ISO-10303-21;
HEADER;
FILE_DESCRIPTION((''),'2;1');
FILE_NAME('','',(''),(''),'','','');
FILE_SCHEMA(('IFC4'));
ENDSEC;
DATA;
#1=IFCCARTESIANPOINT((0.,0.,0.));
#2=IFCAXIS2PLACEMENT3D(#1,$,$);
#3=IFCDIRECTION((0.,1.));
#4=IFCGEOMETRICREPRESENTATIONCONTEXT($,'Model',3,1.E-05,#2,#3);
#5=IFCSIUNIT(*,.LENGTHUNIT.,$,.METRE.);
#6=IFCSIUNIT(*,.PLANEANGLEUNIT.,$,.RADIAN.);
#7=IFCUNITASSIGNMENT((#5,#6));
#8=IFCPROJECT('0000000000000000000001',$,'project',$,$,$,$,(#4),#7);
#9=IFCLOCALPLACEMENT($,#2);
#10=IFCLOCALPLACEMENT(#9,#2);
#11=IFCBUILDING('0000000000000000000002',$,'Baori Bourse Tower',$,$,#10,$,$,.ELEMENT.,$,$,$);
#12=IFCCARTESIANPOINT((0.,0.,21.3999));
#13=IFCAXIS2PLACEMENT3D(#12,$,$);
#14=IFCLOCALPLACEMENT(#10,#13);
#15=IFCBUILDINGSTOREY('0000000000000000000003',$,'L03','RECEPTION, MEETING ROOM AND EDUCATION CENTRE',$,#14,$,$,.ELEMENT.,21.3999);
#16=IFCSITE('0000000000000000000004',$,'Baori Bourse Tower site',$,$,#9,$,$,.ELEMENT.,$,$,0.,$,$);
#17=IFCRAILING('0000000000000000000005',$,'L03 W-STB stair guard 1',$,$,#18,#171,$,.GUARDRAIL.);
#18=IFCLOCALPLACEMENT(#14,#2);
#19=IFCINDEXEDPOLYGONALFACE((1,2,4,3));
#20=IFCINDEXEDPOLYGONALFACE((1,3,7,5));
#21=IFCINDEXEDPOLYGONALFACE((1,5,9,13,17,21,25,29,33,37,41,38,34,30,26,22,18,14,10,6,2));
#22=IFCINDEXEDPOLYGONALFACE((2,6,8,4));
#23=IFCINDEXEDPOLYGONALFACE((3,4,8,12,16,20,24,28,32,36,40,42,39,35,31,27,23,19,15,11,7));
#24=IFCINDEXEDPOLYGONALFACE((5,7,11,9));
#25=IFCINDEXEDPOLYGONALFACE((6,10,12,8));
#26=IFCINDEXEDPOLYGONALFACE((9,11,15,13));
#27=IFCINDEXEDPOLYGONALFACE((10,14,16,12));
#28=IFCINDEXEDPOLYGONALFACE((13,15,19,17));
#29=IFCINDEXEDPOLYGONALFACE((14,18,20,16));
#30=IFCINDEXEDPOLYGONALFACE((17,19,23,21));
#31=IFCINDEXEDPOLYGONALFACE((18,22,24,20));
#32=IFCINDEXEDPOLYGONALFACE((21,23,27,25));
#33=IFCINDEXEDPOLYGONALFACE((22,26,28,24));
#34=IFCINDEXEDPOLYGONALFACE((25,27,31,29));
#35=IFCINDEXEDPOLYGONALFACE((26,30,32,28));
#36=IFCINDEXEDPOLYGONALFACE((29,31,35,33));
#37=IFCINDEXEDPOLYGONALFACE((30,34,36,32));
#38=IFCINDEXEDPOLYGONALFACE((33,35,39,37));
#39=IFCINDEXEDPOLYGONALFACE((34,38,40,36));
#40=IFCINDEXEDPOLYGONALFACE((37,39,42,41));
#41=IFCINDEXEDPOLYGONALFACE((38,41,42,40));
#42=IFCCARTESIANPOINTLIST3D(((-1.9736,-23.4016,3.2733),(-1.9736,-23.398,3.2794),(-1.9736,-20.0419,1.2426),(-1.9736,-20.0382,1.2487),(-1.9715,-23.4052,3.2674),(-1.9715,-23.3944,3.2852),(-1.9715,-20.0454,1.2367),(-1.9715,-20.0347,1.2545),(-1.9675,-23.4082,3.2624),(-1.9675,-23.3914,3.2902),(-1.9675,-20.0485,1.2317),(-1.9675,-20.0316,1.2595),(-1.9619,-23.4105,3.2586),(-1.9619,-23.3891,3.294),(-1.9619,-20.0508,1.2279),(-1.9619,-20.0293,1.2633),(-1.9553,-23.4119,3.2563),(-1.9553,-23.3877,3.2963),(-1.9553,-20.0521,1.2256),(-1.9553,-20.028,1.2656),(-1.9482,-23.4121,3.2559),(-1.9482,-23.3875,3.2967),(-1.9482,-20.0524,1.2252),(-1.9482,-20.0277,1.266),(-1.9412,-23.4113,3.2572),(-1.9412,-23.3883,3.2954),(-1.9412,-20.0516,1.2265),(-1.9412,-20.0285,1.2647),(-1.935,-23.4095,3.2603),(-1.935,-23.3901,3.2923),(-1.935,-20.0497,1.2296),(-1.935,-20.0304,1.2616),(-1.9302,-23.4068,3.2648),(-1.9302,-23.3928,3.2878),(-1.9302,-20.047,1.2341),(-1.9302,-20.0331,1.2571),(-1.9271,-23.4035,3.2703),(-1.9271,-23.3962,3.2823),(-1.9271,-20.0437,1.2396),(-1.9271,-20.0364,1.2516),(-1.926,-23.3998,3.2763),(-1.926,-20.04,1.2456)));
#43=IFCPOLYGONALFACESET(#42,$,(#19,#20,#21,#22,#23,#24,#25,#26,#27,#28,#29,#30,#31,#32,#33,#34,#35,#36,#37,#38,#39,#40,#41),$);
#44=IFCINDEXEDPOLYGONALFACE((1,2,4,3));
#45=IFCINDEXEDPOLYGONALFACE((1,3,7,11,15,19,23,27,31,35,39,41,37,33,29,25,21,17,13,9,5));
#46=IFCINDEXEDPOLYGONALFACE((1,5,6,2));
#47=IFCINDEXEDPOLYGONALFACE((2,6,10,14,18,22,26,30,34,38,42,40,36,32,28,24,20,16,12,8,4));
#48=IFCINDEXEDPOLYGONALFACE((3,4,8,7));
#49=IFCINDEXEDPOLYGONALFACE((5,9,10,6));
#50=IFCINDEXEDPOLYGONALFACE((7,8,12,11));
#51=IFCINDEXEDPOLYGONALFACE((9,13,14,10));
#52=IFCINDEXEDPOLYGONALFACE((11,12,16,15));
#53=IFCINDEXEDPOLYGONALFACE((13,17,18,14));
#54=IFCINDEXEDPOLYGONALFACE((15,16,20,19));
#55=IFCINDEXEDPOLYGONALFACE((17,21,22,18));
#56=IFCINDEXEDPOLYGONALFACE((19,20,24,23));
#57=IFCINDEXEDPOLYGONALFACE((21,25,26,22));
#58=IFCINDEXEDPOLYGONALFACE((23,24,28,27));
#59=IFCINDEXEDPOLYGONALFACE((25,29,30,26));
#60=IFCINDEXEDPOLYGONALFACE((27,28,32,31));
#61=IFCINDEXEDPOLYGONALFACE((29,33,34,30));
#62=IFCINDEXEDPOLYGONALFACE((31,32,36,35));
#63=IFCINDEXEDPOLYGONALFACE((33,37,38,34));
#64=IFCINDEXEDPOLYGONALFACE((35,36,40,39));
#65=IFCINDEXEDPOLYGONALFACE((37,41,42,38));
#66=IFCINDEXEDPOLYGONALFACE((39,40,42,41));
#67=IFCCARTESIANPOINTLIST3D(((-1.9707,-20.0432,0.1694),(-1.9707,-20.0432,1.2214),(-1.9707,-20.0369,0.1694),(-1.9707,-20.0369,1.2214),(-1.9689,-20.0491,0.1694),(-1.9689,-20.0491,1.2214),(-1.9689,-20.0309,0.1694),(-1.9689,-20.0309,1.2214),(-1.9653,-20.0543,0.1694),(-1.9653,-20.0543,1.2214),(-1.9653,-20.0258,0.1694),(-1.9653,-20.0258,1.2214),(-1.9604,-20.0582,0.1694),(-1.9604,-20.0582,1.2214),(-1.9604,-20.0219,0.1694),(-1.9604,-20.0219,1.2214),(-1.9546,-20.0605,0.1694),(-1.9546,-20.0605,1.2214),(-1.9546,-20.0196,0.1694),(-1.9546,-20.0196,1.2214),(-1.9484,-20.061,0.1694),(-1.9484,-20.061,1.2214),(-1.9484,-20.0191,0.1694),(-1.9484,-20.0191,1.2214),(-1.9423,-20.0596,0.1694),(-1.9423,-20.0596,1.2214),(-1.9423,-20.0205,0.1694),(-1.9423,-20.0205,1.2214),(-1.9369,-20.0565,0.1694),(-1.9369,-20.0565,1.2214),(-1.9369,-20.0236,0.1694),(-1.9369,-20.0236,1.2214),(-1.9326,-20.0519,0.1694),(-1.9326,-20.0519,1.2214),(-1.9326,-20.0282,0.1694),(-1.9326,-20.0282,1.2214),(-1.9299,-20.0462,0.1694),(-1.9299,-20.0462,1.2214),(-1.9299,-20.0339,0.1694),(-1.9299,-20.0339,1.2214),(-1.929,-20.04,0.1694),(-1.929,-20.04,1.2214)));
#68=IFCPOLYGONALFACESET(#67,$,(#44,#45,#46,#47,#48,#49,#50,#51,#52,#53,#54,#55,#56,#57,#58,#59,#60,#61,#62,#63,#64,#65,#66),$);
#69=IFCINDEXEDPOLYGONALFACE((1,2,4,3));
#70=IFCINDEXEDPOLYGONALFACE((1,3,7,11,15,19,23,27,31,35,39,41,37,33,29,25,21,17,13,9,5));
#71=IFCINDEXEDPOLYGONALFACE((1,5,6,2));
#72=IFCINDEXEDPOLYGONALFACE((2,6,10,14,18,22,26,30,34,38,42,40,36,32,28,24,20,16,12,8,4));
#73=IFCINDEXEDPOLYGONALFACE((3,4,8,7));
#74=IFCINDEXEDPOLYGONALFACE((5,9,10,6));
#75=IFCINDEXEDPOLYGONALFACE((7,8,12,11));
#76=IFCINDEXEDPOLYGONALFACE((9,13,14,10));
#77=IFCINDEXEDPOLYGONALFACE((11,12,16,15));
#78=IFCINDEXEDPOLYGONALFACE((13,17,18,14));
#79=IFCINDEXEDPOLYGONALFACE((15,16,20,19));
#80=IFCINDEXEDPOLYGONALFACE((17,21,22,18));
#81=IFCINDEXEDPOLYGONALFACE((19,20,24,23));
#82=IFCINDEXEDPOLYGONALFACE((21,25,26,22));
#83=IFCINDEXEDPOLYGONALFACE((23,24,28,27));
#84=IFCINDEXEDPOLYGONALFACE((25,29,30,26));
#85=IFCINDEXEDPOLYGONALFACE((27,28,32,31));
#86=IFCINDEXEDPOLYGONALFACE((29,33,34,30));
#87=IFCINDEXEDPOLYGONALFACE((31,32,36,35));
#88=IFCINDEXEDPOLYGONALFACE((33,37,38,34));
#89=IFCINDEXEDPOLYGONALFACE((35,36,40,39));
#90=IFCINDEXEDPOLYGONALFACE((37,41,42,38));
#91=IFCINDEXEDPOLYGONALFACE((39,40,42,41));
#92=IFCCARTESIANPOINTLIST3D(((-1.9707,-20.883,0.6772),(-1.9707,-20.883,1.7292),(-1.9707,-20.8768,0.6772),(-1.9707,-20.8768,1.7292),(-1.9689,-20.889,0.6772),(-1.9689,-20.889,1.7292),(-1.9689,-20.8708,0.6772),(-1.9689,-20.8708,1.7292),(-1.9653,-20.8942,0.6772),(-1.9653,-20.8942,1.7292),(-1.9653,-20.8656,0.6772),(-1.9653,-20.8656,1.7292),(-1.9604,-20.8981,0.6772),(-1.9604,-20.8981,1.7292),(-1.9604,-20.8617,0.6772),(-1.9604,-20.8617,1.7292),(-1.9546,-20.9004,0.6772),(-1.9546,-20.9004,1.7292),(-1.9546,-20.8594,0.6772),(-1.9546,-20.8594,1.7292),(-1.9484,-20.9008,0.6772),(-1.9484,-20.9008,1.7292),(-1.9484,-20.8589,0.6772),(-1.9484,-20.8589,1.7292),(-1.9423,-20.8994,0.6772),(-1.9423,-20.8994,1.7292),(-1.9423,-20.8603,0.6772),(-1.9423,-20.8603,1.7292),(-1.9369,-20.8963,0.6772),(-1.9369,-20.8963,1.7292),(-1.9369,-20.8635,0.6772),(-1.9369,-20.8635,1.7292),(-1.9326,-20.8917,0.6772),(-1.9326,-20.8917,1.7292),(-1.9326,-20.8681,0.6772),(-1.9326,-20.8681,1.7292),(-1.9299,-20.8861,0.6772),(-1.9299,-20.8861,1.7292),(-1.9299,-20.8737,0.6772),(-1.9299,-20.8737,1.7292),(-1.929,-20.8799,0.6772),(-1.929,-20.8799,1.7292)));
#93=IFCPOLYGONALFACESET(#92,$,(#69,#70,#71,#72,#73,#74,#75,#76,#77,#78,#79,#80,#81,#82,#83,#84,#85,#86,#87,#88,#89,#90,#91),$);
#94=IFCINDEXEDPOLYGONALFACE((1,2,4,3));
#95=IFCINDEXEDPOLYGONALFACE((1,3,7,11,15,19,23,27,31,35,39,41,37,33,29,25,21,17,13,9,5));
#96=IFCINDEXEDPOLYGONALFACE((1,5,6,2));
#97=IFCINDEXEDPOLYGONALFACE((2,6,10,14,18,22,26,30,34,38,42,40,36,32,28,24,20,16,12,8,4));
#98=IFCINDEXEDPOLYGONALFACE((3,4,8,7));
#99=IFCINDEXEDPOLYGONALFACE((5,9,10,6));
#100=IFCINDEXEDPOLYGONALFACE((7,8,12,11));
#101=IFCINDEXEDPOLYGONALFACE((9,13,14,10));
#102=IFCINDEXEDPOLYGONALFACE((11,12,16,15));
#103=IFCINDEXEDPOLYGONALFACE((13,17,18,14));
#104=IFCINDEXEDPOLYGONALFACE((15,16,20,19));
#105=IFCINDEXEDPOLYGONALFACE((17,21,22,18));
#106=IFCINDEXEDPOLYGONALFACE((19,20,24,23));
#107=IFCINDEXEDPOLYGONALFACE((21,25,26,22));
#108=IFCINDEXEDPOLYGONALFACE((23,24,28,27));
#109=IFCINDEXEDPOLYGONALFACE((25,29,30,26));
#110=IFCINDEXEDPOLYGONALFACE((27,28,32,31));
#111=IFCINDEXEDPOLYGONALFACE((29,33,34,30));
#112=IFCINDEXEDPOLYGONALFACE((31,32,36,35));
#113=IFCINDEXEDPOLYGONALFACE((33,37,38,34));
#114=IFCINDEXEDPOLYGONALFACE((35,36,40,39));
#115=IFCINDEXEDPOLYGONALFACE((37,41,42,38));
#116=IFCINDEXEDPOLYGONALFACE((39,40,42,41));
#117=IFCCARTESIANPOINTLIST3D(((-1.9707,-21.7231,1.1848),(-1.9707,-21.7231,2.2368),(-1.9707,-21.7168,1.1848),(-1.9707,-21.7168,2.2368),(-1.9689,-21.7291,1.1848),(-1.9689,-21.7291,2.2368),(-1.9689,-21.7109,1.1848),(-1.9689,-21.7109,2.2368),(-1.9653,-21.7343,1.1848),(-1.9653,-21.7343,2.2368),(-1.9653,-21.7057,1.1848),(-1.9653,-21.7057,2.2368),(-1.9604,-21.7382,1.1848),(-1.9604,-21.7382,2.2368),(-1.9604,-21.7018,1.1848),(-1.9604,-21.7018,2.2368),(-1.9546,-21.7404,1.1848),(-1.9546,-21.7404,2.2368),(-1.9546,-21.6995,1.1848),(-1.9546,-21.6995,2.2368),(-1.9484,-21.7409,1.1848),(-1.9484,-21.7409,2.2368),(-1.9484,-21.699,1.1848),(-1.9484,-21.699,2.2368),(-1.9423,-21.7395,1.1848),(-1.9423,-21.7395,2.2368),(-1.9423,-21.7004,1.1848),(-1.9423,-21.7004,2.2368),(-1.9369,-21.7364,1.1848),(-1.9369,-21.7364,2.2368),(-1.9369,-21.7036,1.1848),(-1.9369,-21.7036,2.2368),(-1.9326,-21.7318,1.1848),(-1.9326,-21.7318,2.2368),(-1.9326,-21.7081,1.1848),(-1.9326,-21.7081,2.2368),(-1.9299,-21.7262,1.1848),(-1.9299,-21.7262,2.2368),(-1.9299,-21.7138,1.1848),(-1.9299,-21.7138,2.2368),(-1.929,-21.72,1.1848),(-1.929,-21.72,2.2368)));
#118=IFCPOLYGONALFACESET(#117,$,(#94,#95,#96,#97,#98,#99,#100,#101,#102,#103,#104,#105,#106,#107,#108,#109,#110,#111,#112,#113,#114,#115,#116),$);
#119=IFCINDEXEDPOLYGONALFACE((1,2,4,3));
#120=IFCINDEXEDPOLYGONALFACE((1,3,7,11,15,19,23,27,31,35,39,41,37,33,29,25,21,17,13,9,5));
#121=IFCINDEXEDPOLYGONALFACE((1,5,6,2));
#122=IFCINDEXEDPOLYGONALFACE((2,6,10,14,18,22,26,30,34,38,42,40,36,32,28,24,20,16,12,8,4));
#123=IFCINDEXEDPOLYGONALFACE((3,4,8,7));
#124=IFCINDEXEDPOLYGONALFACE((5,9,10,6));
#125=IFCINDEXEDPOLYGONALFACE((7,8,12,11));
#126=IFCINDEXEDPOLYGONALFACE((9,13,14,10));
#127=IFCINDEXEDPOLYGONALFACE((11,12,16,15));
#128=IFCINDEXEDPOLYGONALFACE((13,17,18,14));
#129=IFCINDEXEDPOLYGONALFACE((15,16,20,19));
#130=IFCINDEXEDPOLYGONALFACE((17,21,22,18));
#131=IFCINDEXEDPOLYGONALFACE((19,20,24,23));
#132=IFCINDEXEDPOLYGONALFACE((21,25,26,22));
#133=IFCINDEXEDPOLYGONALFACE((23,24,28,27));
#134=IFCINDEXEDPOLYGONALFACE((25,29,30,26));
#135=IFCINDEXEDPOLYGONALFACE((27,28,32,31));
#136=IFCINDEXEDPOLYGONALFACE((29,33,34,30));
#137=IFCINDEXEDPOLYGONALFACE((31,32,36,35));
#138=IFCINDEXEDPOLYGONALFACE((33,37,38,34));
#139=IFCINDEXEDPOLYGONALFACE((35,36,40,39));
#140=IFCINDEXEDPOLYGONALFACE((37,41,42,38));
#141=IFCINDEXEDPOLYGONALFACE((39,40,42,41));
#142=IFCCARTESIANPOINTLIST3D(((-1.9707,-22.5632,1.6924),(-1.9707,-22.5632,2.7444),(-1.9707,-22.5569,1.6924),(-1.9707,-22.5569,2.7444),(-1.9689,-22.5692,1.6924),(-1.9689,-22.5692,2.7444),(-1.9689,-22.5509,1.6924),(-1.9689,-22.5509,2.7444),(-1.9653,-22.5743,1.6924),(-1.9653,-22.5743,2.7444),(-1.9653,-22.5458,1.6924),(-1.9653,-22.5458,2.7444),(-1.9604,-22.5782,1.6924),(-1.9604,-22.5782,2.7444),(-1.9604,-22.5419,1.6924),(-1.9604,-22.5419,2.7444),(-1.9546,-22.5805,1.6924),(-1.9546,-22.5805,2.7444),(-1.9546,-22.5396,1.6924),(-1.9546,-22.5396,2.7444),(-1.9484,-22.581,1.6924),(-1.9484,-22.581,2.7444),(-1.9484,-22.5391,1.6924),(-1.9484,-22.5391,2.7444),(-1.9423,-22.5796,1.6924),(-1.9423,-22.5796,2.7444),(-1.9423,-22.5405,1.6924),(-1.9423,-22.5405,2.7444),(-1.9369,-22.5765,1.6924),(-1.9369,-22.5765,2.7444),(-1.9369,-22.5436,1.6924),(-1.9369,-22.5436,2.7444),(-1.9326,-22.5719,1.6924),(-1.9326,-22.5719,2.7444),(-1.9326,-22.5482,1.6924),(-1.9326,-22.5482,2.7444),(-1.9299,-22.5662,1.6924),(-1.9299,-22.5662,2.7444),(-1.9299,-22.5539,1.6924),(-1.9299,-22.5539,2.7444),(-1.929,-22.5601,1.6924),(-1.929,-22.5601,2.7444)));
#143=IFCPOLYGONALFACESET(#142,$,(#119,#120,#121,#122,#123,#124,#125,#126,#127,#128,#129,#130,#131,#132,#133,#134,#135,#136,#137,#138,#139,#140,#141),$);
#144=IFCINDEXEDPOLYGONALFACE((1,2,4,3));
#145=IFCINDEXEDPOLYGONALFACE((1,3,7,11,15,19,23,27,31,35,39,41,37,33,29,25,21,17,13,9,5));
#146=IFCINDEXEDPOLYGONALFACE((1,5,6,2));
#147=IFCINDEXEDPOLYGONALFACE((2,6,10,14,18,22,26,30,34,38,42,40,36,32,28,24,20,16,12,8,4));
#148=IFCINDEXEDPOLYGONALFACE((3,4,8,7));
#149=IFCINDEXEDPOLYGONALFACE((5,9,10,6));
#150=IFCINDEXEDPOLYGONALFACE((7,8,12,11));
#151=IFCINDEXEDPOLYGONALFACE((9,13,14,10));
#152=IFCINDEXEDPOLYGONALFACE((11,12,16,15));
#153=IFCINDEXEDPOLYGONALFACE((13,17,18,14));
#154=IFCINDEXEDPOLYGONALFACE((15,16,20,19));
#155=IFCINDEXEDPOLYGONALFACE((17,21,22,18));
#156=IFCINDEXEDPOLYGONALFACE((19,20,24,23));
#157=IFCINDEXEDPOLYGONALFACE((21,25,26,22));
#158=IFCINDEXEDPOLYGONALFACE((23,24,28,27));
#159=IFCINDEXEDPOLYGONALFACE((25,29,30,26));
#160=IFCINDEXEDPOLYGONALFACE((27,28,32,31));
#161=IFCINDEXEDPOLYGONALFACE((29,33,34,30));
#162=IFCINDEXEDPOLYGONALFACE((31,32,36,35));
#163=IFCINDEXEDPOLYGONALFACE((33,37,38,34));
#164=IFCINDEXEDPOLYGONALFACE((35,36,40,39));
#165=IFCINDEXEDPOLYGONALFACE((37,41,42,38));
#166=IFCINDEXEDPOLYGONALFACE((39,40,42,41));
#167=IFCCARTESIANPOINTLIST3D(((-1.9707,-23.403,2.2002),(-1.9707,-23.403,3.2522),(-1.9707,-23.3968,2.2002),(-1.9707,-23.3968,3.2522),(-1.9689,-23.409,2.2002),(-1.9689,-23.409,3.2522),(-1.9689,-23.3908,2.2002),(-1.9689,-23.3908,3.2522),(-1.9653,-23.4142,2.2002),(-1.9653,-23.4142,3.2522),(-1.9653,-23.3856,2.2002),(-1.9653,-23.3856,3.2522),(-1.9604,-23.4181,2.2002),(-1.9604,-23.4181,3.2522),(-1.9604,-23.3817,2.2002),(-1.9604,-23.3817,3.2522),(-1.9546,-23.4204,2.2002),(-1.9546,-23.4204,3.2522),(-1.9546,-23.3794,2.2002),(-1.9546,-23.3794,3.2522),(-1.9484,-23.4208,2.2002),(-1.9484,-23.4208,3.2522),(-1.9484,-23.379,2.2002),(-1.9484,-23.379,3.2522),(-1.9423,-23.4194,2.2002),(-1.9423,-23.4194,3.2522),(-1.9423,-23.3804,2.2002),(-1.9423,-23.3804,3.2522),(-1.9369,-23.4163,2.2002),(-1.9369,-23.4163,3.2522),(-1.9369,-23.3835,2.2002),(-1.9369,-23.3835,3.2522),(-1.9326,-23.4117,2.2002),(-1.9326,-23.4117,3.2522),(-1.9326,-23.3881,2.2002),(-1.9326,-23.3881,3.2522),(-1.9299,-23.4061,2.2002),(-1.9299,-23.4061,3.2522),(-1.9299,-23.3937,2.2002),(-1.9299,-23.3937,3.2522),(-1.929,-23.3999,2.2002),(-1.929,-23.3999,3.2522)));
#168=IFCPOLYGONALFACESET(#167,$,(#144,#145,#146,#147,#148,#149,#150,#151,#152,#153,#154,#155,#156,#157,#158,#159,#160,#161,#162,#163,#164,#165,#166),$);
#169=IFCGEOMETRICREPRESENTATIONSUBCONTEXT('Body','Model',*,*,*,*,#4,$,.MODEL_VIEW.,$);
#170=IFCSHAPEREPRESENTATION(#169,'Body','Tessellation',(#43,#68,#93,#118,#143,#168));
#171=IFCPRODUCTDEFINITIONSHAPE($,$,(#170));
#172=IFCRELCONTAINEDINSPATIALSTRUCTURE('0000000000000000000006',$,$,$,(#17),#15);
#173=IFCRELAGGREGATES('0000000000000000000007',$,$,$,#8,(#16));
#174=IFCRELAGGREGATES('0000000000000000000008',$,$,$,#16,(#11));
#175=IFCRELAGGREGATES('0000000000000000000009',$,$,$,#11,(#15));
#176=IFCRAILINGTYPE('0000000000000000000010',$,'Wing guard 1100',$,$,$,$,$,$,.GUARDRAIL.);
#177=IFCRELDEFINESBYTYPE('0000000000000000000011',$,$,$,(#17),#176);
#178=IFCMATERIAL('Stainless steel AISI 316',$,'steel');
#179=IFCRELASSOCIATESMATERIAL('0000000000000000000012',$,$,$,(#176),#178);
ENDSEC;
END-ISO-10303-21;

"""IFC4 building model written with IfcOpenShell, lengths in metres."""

from ifc_helpers import new_model, si_unit, direction, frame, origin, origin_2d, place, context, subcontext, project, spatial, circle, extrude, material, type_object, element, save


model = new_model("IFC4")

# Units and contexts
model_context = context("Model", 3, precision=1e-05, world=origin(), true_north=direction((0.0, 1.0)))
body_context = subcontext(model_context, "Body", "Model", "MODEL_VIEW")
ifc_project = project(units=[si_unit("LENGTHUNIT", "METRE"), si_unit("PLANEANGLEUNIT", "RADIAN")], contexts=[model_context])

# Site, building, storey
site_placement = place(None, origin())
site = spatial("IfcSite", under=ifc_project, at=site_placement, Name="Baori Bourse Tower site", CompositionType="ELEMENT", RefElevation=0.0)
building_placement = place(site_placement, origin())
building = spatial("IfcBuilding", under=site, at=building_placement, Name="Baori Bourse Tower", CompositionType="ELEMENT")
storey_placement = place(building_placement, frame((0.0, 0.0, 21.3999)))
storey = spatial("IfcBuildingStorey", under=building, at=storey_placement, Name="L03", Description="RECEPTION, MEETING ROOM AND EDUCATION CENTRE", CompositionType="ELEMENT", Elevation=21.3999)

# Railing
ifc_material_1 = material(Name="Stainless steel AISI 316", Category="steel")
railing_type_1 = type_object("IfcRailingType", Name="Wing guard 1100", PredefinedType="GUARDRAIL", material=ifc_material_1)
railing_1_placement = place(storey_placement, frame((-1.95, -20.04, 0.1694)))
element("IfcRailing", 1, at=railing_1_placement, inside=storey, type_object=railing_type_1, Name="L03 W-STB stair guard 1", PredefinedType="GUARDRAIL", context=body_context, shape_type="SweptSolid", body=[
    extrude(circle(Radius=0.0239, at=origin_2d()), frame((0.0, 0.0, 1.0762), z_axis=(0.0, -0.85582, 0.517273), x_axis=(1.0, 0.0, 0.0)), (0.0, 0.0, 1.0), 3.9258),
    extrude(circle(Radius=0.021, at=origin_2d()), origin(), (0.0, 0.0, 1.0), 1.052),
    extrude(circle(Radius=0.021, at=origin_2d()), frame((0.0, -0.8398, 0.5078)), (0.0, 0.0, 1.0), 1.052),
    extrude(circle(Radius=0.021, at=origin_2d()), frame((0.0, -1.6799, 1.0154)), (0.0, 0.0, 1.0), 1.052),
    extrude(circle(Radius=0.021, at=origin_2d()), frame((0.0, -2.52, 1.5229)), (0.0, 0.0, 1.0), 1.052),
    extrude(circle(Radius=0.021, at=origin_2d()), frame((0.0, -3.3599, 2.0308)), (0.0, 0.0, 1.0), 1.052),
])

save(model, "model.ifc")
